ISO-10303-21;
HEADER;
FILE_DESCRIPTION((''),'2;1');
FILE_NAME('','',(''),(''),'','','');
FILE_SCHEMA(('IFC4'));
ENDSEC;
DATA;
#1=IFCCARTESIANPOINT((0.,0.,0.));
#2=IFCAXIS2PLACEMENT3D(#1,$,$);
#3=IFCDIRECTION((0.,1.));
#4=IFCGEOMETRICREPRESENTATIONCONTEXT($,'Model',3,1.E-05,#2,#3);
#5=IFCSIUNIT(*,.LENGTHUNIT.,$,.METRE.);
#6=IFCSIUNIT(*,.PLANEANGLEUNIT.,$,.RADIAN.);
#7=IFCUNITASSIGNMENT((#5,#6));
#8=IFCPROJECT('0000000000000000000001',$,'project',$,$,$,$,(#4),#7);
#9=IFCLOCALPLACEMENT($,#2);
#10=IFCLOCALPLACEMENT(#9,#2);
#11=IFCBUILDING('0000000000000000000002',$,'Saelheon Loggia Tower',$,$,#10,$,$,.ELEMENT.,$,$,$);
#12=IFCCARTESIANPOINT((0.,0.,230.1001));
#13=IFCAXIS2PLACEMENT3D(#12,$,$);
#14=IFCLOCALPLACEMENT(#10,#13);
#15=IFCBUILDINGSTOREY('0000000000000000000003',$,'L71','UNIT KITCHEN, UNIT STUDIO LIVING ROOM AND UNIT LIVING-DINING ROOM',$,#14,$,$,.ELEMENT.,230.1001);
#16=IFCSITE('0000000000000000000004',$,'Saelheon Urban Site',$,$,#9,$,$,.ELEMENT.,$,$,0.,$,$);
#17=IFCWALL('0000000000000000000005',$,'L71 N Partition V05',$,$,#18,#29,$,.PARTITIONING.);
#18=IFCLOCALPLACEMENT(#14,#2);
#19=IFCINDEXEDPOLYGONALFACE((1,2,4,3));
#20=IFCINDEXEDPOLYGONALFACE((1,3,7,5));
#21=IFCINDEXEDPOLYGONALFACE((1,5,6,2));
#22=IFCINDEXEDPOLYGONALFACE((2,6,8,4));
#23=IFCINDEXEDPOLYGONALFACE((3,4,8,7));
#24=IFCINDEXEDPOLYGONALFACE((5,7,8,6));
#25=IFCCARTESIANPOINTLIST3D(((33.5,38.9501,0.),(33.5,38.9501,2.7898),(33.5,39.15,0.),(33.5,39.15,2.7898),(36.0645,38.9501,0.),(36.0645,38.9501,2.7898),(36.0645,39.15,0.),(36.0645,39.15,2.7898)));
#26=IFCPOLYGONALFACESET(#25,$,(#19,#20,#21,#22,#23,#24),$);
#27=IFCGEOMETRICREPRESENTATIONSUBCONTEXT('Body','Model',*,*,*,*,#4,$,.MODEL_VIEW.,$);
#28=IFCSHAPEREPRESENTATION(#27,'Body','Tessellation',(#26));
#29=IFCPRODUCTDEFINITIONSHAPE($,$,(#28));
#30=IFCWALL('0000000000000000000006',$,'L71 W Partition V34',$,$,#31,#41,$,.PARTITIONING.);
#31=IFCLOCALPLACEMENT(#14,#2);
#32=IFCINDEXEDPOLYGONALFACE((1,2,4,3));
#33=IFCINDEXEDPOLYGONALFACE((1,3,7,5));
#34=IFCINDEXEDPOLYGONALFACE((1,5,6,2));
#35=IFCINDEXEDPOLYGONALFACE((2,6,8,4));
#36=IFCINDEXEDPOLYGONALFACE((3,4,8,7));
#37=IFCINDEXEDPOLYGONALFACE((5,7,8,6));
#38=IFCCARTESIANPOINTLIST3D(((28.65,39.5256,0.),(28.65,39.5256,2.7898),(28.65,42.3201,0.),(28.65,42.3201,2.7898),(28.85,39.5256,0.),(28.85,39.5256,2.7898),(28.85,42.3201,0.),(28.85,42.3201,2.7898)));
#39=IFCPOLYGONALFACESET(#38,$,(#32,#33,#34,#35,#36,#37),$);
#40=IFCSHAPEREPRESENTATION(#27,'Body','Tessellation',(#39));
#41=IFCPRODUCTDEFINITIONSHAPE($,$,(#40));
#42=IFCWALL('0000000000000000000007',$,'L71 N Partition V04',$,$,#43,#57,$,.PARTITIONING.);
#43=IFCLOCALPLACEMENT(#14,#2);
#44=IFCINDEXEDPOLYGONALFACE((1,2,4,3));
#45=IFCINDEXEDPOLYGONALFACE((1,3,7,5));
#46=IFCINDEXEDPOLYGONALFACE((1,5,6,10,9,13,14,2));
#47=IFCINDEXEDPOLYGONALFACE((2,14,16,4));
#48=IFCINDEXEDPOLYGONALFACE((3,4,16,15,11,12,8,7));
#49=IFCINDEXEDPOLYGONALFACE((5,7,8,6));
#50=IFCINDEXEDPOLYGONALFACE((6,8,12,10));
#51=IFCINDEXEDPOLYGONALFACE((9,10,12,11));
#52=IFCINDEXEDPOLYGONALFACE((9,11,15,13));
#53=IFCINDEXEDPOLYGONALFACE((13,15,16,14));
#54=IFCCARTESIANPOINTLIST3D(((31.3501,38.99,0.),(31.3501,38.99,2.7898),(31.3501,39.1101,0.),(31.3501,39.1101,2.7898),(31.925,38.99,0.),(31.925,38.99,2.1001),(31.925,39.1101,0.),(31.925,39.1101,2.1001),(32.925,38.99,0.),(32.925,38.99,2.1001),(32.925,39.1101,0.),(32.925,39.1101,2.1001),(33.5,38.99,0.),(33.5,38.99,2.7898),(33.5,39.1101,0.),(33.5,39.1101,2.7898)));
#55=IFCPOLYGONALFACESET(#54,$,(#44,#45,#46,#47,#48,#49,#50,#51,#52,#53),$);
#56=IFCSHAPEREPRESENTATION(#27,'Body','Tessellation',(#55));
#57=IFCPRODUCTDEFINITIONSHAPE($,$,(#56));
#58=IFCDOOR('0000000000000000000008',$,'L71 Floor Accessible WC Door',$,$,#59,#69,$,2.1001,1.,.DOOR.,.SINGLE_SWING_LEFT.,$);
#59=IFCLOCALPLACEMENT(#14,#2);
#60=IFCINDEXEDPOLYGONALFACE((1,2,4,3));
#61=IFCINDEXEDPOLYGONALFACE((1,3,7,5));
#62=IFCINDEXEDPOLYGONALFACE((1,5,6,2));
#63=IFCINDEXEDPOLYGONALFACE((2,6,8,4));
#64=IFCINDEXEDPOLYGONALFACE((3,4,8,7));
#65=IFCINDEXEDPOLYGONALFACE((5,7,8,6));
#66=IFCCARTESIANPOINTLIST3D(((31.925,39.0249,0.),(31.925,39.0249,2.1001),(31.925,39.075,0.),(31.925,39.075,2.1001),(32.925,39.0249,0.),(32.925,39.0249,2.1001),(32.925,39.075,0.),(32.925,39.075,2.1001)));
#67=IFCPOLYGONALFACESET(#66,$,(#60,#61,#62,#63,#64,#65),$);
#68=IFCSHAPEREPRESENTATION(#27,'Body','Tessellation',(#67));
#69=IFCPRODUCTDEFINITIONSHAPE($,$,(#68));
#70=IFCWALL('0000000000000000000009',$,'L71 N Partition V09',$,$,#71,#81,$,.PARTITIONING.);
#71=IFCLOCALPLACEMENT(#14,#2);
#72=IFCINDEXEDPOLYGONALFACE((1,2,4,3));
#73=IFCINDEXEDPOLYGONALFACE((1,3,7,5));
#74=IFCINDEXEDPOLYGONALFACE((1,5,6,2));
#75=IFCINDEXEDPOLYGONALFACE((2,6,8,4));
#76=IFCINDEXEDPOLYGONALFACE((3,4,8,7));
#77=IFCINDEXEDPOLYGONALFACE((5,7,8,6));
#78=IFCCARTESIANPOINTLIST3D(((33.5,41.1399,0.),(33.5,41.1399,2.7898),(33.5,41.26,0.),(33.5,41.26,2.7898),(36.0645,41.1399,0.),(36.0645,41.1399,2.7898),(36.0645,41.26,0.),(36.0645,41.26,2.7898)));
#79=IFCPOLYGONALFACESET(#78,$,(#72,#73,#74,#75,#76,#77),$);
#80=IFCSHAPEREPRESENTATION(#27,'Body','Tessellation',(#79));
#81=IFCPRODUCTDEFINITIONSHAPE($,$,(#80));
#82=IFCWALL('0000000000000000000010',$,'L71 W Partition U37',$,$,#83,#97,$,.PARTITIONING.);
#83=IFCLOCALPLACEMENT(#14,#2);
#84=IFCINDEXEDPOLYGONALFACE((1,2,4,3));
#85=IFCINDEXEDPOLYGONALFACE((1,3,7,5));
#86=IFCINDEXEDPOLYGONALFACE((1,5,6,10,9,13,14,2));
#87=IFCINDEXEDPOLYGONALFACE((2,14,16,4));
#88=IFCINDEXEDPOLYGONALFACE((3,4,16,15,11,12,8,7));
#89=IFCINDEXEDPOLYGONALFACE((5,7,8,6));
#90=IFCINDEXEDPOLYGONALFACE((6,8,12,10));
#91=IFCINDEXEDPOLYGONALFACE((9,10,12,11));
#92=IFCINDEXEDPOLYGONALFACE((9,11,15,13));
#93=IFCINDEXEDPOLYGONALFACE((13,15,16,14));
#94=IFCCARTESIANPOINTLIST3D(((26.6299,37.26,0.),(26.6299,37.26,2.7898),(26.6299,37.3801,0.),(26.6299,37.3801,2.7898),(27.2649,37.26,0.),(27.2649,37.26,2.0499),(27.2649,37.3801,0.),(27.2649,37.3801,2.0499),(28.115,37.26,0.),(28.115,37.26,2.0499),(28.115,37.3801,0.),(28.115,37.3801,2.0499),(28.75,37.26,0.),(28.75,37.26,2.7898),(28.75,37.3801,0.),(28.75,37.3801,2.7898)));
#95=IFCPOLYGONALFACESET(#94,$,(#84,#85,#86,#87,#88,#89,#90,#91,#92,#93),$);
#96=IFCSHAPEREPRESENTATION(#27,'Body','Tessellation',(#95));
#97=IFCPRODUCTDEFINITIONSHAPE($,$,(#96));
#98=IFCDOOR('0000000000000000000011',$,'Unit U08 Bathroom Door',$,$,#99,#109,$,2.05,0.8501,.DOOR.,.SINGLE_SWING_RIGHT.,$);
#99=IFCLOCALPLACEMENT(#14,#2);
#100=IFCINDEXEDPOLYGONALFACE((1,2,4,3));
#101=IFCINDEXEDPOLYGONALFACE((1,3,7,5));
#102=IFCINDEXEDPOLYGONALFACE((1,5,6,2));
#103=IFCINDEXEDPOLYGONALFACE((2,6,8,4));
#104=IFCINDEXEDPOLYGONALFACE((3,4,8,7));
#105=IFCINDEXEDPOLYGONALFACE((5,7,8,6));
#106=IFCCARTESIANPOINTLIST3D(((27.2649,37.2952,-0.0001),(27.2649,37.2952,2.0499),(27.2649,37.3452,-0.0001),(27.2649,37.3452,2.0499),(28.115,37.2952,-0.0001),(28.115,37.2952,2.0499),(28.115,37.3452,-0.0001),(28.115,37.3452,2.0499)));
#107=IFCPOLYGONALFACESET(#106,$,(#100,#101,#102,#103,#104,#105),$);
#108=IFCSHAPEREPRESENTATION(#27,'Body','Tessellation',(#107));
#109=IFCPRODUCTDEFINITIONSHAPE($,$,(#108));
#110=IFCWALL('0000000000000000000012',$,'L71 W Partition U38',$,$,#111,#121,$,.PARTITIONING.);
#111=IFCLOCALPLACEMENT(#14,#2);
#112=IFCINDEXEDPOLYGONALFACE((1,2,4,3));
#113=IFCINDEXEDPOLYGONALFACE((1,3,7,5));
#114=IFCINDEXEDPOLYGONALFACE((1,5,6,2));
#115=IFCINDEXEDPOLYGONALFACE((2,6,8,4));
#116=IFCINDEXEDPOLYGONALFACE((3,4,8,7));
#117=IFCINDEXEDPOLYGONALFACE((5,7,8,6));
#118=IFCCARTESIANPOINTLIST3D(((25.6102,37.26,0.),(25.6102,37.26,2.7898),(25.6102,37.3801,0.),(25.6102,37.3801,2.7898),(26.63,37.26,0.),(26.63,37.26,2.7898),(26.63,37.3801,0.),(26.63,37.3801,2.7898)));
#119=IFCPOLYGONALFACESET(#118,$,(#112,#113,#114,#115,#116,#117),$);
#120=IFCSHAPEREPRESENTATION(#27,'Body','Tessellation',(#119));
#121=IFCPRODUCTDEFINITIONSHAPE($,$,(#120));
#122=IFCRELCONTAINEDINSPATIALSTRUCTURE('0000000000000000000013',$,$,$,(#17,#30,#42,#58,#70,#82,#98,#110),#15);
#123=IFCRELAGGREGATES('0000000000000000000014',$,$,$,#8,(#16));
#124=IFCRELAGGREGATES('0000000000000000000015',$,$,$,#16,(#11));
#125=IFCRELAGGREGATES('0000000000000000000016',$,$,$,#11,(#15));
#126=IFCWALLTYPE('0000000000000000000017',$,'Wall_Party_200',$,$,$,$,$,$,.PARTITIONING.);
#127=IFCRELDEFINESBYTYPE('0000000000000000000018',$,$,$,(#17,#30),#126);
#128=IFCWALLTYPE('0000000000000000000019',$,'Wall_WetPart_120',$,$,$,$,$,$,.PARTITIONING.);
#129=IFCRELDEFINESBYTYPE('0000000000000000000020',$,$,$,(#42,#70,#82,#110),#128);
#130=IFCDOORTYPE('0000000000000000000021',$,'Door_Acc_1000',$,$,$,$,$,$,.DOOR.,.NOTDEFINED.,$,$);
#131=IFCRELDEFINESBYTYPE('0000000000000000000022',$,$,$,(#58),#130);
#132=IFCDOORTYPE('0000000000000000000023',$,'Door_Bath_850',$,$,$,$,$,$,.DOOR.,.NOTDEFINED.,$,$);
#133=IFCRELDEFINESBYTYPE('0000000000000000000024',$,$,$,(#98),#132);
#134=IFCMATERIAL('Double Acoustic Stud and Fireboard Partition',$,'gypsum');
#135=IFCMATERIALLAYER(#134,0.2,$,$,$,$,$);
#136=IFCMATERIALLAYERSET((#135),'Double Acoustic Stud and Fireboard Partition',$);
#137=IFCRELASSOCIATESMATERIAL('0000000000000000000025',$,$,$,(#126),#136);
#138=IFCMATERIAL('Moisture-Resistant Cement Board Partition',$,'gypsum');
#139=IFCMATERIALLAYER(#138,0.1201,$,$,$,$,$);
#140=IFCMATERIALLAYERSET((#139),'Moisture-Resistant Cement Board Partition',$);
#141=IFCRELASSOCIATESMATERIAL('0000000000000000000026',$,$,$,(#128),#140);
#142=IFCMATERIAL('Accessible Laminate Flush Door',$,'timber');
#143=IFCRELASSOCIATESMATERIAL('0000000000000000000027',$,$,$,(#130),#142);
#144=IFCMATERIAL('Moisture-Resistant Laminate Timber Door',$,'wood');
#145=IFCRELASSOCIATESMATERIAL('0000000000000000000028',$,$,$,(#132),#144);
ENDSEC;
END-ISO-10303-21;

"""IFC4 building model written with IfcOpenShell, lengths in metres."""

from ifc_helpers import new_model, si_unit, direction, frame, frame_2d, origin, place, context, subcontext, project, spatial, rectangle, extrude, source, transform, mapped, material, layer, layer_set, type_object, element, fill, save


model = new_model("IFC4")

# Units and contexts
model_context = context("Model", 3, precision=1e-05, world=origin(), true_north=direction((0.0, 1.0)))
body_context = subcontext(model_context, "Body", "Model", "MODEL_VIEW")
ifc_project = project(units=[si_unit("LENGTHUNIT", "METRE"), si_unit("PLANEANGLEUNIT", "RADIAN")], contexts=[model_context])

# Site, building, storey
site_placement = place(None, origin())
site = spatial("IfcSite", under=ifc_project, at=site_placement, Name="Saelheon Urban Site", CompositionType="ELEMENT", RefElevation=0.0)
building_placement = place(site_placement, origin())
building = spatial("IfcBuilding", under=site, at=building_placement, Name="Saelheon Loggia Tower", CompositionType="ELEMENT")
storey_placement = place(building_placement, frame((0.0, 0.0, 230.1001)))
storey = spatial("IfcBuildingStorey", under=building, at=storey_placement, Name="L71", Description="UNIT KITCHEN, UNIT STUDIO LIVING ROOM AND UNIT LIVING-DINING ROOM", CompositionType="ELEMENT", Elevation=230.1001)

# Wall
ifc_material_1 = material(Name="Double Acoustic Stud and Fireboard Partition", Category="gypsum")
ifc_layer_1 = layer(ifc_material_1, 0.2)
ifc_layer_set_1 = layer_set([ifc_layer_1], Name="Double Acoustic Stud and Fireboard Partition")
wall_type_1 = type_object("IfcWallType", Name="Wall_Party_200", PredefinedType="PARTITIONING", material=ifc_layer_set_1)
wall_1_placement = place(storey_placement, frame((33.5, 39.05, 0.0), z_axis=(0.0, 0.0, 1.0), x_axis=(1.0, 0.0, 0.0)))
element("IfcWall", 1, at=wall_1_placement, inside=storey, type_object=wall_type_1, Name="L71 N Partition V05", PredefinedType="PARTITIONING", context=body_context, shape_type="SweptSolid", body=[
    extrude(rectangle(XDim=2.5645, YDim=0.2, at=frame_2d((1.2822, 0.0))), origin(), (0.0, 0.0, 1.0), 2.7898),
])

# Wall
wall_2_placement = place(storey_placement, frame((28.75, 39.5256, 0.0), z_axis=(0.0, 0.0, 1.0), x_axis=(0.0, 1.0, 0.0)))
element("IfcWall", 2, at=wall_2_placement, inside=storey, type_object=wall_type_1, Name="L71 W Partition V34", PredefinedType="PARTITIONING", context=body_context, shape_type="SweptSolid", body=[
    extrude(rectangle(XDim=2.7944, YDim=0.2, at=frame_2d((1.3972, 0.0))), origin(), (0.0, 0.0, 1.0), 2.7898),
])

# Wall, opening, door
ifc_material_2 = material(Name="Moisture-Resistant Cement Board Partition", Category="gypsum")
ifc_layer_2 = layer(ifc_material_2, 0.1201)
ifc_layer_set_2 = layer_set([ifc_layer_2], Name="Moisture-Resistant Cement Board Partition")
wall_type_2 = type_object("IfcWallType", Name="Wall_WetPart_120", PredefinedType="PARTITIONING", material=ifc_layer_set_2)
wall_3_placement = place(storey_placement, frame((31.3501, 39.05, 0.0), z_axis=(0.0, 0.0, 1.0), x_axis=(1.0, 0.0, 0.0)))
wall_3 = element("IfcWall", 3, at=wall_3_placement, inside=storey, type_object=wall_type_2, Name="L71 N Partition V04", PredefinedType="PARTITIONING", context=body_context, shape_type="SweptSolid", body=[
    extrude(rectangle(XDim=2.1499, YDim=0.1201, at=frame_2d((1.075, 0.0))), origin(), (0.0, 0.0, 1.0), 2.7898),
])
opening_1_placement = place(wall_3_placement, frame((0.575, 0.0, 0.0)))
opening_1 = element("IfcOpeningElement", 4, at=opening_1_placement, cuts=wall_3, PredefinedType="OPENING", context=body_context, shape_type="SweptSolid", body=[
    extrude(rectangle(XDim=1.0, YDim=2.1001, at=frame_2d((0.5, 1.05))), frame((0.0, 0.072, 0.0), z_axis=(0.0, -1.0, 0.0), x_axis=(1.0, 0.0, 0.0)), (0.0, 0.0, 1.0), 0.144),
])
ifc_material_3 = material(Name="Accessible Laminate Flush Door", Category="timber")
door_type_1 = type_object("IfcDoorType", Name="Door_Acc_1000", OperationType="NOTDEFINED", PredefinedType="DOOR", material=ifc_material_3)
shared_shape_1 = source(origin(), body_context, "Body", "SweptSolid", [
    extrude(rectangle(XDim=1.0, YDim=2.1001, at=frame_2d((0.5, 1.05))), frame((0.0, 0.0249, 0.0), z_axis=(0.0, -1.0, 0.0), x_axis=(1.0, 0.0, 0.0)), (0.0, 0.0, 1.0), 0.05),
])
door_1_placement = place(opening_1_placement, origin())
door_1 = element("IfcDoor", 5, at=door_1_placement, inside=storey, type_object=door_type_1, Name="L71 Floor Accessible WC Door", OperationType="SINGLE_SWING_LEFT", OverallHeight=2.1001, OverallWidth=1.0, PredefinedType="DOOR", context=body_context, shape_type="MappedRepresentation", body=[
    mapped(shared_shape_1, transform((0.0, 0.0, 0.0), scale=1.0)),
])
fill(opening_1, door_1)

# Wall
wall_4_placement = place(storey_placement, frame((33.5, 41.2, 0.0), z_axis=(0.0, 0.0, 1.0), x_axis=(1.0, 0.0, 0.0)))
element("IfcWall", 6, at=wall_4_placement, inside=storey, type_object=wall_type_2, Name="L71 N Partition V09", PredefinedType="PARTITIONING", context=body_context, shape_type="SweptSolid", body=[
    extrude(rectangle(XDim=2.5645, YDim=0.1201, at=frame_2d((1.2822, 0.0))), origin(), (0.0, 0.0, 1.0), 2.7898),
])

# Wall, opening, door
wall_5_placement = place(storey_placement, frame((28.75, 37.3201, 0.0), z_axis=(0.0, 0.0, 1.0), x_axis=(-1.0, 0.0, 0.0)))
wall_5 = element("IfcWall", 7, at=wall_5_placement, inside=storey, type_object=wall_type_2, Name="L71 W Partition U37", PredefinedType="PARTITIONING", context=body_context, shape_type="SweptSolid", body=[
    extrude(rectangle(XDim=2.1201, YDim=0.1201, at=frame_2d((1.0601, 0.0))), origin(), (0.0, 0.0, 1.0), 2.7898),
])
opening_2_placement = place(wall_5_placement, frame((0.635, 0.0, 0.0)))
opening_2 = element("IfcOpeningElement", 8, at=opening_2_placement, cuts=wall_5, PredefinedType="OPENING", context=body_context, shape_type="SweptSolid", body=[
    extrude(rectangle(XDim=0.8501, YDim=2.05, at=frame_2d((0.425, 1.0249))), frame((0.0, 0.072, 0.0), z_axis=(0.0, -1.0, 0.0), x_axis=(1.0, 0.0, 0.0)), (0.0, 0.0, 1.0), 0.144),
])
ifc_material_4 = material(Name="Moisture-Resistant Laminate Timber Door", Category="wood")
door_type_2 = type_object("IfcDoorType", Name="Door_Bath_850", OperationType="NOTDEFINED", PredefinedType="DOOR", material=ifc_material_4)
shared_shape_2 = source(origin(), body_context, "Body", "SweptSolid", [
    extrude(rectangle(XDim=0.8501, YDim=2.05, at=frame_2d((0.425, 1.0249))), frame((0.0, 0.0249, 0.0), z_axis=(0.0, -1.0, 0.0), x_axis=(1.0, 0.0, 0.0)), (0.0, 0.0, 1.0), 0.05),
])
door_2_placement = place(opening_2_placement, origin())
door_2 = element("IfcDoor", 9, at=door_2_placement, inside=storey, type_object=door_type_2, Name="Unit U08 Bathroom Door", OperationType="SINGLE_SWING_RIGHT", OverallHeight=2.05, OverallWidth=0.8501, PredefinedType="DOOR", context=body_context, shape_type="MappedRepresentation", body=[
    mapped(shared_shape_2, transform((0.0, 0.0, 0.0), scale=1.0)),
])
fill(opening_2, door_2)

# Wall
wall_6_placement = place(storey_placement, frame((26.6299, 37.3201, 0.0), z_axis=(0.0, 0.0, 1.0), x_axis=(-1.0, 0.0, 0.0)))
element("IfcWall", 10, at=wall_6_placement, inside=storey, type_object=wall_type_2, Name="L71 W Partition U38", PredefinedType="PARTITIONING", context=body_context, shape_type="SweptSolid", body=[
    extrude(rectangle(XDim=1.0198, YDim=0.1201, at=frame_2d((0.5098, 0.0))), origin(), (0.0, 0.0, 1.0), 2.7898),
])

save(model, "model.ifc")
